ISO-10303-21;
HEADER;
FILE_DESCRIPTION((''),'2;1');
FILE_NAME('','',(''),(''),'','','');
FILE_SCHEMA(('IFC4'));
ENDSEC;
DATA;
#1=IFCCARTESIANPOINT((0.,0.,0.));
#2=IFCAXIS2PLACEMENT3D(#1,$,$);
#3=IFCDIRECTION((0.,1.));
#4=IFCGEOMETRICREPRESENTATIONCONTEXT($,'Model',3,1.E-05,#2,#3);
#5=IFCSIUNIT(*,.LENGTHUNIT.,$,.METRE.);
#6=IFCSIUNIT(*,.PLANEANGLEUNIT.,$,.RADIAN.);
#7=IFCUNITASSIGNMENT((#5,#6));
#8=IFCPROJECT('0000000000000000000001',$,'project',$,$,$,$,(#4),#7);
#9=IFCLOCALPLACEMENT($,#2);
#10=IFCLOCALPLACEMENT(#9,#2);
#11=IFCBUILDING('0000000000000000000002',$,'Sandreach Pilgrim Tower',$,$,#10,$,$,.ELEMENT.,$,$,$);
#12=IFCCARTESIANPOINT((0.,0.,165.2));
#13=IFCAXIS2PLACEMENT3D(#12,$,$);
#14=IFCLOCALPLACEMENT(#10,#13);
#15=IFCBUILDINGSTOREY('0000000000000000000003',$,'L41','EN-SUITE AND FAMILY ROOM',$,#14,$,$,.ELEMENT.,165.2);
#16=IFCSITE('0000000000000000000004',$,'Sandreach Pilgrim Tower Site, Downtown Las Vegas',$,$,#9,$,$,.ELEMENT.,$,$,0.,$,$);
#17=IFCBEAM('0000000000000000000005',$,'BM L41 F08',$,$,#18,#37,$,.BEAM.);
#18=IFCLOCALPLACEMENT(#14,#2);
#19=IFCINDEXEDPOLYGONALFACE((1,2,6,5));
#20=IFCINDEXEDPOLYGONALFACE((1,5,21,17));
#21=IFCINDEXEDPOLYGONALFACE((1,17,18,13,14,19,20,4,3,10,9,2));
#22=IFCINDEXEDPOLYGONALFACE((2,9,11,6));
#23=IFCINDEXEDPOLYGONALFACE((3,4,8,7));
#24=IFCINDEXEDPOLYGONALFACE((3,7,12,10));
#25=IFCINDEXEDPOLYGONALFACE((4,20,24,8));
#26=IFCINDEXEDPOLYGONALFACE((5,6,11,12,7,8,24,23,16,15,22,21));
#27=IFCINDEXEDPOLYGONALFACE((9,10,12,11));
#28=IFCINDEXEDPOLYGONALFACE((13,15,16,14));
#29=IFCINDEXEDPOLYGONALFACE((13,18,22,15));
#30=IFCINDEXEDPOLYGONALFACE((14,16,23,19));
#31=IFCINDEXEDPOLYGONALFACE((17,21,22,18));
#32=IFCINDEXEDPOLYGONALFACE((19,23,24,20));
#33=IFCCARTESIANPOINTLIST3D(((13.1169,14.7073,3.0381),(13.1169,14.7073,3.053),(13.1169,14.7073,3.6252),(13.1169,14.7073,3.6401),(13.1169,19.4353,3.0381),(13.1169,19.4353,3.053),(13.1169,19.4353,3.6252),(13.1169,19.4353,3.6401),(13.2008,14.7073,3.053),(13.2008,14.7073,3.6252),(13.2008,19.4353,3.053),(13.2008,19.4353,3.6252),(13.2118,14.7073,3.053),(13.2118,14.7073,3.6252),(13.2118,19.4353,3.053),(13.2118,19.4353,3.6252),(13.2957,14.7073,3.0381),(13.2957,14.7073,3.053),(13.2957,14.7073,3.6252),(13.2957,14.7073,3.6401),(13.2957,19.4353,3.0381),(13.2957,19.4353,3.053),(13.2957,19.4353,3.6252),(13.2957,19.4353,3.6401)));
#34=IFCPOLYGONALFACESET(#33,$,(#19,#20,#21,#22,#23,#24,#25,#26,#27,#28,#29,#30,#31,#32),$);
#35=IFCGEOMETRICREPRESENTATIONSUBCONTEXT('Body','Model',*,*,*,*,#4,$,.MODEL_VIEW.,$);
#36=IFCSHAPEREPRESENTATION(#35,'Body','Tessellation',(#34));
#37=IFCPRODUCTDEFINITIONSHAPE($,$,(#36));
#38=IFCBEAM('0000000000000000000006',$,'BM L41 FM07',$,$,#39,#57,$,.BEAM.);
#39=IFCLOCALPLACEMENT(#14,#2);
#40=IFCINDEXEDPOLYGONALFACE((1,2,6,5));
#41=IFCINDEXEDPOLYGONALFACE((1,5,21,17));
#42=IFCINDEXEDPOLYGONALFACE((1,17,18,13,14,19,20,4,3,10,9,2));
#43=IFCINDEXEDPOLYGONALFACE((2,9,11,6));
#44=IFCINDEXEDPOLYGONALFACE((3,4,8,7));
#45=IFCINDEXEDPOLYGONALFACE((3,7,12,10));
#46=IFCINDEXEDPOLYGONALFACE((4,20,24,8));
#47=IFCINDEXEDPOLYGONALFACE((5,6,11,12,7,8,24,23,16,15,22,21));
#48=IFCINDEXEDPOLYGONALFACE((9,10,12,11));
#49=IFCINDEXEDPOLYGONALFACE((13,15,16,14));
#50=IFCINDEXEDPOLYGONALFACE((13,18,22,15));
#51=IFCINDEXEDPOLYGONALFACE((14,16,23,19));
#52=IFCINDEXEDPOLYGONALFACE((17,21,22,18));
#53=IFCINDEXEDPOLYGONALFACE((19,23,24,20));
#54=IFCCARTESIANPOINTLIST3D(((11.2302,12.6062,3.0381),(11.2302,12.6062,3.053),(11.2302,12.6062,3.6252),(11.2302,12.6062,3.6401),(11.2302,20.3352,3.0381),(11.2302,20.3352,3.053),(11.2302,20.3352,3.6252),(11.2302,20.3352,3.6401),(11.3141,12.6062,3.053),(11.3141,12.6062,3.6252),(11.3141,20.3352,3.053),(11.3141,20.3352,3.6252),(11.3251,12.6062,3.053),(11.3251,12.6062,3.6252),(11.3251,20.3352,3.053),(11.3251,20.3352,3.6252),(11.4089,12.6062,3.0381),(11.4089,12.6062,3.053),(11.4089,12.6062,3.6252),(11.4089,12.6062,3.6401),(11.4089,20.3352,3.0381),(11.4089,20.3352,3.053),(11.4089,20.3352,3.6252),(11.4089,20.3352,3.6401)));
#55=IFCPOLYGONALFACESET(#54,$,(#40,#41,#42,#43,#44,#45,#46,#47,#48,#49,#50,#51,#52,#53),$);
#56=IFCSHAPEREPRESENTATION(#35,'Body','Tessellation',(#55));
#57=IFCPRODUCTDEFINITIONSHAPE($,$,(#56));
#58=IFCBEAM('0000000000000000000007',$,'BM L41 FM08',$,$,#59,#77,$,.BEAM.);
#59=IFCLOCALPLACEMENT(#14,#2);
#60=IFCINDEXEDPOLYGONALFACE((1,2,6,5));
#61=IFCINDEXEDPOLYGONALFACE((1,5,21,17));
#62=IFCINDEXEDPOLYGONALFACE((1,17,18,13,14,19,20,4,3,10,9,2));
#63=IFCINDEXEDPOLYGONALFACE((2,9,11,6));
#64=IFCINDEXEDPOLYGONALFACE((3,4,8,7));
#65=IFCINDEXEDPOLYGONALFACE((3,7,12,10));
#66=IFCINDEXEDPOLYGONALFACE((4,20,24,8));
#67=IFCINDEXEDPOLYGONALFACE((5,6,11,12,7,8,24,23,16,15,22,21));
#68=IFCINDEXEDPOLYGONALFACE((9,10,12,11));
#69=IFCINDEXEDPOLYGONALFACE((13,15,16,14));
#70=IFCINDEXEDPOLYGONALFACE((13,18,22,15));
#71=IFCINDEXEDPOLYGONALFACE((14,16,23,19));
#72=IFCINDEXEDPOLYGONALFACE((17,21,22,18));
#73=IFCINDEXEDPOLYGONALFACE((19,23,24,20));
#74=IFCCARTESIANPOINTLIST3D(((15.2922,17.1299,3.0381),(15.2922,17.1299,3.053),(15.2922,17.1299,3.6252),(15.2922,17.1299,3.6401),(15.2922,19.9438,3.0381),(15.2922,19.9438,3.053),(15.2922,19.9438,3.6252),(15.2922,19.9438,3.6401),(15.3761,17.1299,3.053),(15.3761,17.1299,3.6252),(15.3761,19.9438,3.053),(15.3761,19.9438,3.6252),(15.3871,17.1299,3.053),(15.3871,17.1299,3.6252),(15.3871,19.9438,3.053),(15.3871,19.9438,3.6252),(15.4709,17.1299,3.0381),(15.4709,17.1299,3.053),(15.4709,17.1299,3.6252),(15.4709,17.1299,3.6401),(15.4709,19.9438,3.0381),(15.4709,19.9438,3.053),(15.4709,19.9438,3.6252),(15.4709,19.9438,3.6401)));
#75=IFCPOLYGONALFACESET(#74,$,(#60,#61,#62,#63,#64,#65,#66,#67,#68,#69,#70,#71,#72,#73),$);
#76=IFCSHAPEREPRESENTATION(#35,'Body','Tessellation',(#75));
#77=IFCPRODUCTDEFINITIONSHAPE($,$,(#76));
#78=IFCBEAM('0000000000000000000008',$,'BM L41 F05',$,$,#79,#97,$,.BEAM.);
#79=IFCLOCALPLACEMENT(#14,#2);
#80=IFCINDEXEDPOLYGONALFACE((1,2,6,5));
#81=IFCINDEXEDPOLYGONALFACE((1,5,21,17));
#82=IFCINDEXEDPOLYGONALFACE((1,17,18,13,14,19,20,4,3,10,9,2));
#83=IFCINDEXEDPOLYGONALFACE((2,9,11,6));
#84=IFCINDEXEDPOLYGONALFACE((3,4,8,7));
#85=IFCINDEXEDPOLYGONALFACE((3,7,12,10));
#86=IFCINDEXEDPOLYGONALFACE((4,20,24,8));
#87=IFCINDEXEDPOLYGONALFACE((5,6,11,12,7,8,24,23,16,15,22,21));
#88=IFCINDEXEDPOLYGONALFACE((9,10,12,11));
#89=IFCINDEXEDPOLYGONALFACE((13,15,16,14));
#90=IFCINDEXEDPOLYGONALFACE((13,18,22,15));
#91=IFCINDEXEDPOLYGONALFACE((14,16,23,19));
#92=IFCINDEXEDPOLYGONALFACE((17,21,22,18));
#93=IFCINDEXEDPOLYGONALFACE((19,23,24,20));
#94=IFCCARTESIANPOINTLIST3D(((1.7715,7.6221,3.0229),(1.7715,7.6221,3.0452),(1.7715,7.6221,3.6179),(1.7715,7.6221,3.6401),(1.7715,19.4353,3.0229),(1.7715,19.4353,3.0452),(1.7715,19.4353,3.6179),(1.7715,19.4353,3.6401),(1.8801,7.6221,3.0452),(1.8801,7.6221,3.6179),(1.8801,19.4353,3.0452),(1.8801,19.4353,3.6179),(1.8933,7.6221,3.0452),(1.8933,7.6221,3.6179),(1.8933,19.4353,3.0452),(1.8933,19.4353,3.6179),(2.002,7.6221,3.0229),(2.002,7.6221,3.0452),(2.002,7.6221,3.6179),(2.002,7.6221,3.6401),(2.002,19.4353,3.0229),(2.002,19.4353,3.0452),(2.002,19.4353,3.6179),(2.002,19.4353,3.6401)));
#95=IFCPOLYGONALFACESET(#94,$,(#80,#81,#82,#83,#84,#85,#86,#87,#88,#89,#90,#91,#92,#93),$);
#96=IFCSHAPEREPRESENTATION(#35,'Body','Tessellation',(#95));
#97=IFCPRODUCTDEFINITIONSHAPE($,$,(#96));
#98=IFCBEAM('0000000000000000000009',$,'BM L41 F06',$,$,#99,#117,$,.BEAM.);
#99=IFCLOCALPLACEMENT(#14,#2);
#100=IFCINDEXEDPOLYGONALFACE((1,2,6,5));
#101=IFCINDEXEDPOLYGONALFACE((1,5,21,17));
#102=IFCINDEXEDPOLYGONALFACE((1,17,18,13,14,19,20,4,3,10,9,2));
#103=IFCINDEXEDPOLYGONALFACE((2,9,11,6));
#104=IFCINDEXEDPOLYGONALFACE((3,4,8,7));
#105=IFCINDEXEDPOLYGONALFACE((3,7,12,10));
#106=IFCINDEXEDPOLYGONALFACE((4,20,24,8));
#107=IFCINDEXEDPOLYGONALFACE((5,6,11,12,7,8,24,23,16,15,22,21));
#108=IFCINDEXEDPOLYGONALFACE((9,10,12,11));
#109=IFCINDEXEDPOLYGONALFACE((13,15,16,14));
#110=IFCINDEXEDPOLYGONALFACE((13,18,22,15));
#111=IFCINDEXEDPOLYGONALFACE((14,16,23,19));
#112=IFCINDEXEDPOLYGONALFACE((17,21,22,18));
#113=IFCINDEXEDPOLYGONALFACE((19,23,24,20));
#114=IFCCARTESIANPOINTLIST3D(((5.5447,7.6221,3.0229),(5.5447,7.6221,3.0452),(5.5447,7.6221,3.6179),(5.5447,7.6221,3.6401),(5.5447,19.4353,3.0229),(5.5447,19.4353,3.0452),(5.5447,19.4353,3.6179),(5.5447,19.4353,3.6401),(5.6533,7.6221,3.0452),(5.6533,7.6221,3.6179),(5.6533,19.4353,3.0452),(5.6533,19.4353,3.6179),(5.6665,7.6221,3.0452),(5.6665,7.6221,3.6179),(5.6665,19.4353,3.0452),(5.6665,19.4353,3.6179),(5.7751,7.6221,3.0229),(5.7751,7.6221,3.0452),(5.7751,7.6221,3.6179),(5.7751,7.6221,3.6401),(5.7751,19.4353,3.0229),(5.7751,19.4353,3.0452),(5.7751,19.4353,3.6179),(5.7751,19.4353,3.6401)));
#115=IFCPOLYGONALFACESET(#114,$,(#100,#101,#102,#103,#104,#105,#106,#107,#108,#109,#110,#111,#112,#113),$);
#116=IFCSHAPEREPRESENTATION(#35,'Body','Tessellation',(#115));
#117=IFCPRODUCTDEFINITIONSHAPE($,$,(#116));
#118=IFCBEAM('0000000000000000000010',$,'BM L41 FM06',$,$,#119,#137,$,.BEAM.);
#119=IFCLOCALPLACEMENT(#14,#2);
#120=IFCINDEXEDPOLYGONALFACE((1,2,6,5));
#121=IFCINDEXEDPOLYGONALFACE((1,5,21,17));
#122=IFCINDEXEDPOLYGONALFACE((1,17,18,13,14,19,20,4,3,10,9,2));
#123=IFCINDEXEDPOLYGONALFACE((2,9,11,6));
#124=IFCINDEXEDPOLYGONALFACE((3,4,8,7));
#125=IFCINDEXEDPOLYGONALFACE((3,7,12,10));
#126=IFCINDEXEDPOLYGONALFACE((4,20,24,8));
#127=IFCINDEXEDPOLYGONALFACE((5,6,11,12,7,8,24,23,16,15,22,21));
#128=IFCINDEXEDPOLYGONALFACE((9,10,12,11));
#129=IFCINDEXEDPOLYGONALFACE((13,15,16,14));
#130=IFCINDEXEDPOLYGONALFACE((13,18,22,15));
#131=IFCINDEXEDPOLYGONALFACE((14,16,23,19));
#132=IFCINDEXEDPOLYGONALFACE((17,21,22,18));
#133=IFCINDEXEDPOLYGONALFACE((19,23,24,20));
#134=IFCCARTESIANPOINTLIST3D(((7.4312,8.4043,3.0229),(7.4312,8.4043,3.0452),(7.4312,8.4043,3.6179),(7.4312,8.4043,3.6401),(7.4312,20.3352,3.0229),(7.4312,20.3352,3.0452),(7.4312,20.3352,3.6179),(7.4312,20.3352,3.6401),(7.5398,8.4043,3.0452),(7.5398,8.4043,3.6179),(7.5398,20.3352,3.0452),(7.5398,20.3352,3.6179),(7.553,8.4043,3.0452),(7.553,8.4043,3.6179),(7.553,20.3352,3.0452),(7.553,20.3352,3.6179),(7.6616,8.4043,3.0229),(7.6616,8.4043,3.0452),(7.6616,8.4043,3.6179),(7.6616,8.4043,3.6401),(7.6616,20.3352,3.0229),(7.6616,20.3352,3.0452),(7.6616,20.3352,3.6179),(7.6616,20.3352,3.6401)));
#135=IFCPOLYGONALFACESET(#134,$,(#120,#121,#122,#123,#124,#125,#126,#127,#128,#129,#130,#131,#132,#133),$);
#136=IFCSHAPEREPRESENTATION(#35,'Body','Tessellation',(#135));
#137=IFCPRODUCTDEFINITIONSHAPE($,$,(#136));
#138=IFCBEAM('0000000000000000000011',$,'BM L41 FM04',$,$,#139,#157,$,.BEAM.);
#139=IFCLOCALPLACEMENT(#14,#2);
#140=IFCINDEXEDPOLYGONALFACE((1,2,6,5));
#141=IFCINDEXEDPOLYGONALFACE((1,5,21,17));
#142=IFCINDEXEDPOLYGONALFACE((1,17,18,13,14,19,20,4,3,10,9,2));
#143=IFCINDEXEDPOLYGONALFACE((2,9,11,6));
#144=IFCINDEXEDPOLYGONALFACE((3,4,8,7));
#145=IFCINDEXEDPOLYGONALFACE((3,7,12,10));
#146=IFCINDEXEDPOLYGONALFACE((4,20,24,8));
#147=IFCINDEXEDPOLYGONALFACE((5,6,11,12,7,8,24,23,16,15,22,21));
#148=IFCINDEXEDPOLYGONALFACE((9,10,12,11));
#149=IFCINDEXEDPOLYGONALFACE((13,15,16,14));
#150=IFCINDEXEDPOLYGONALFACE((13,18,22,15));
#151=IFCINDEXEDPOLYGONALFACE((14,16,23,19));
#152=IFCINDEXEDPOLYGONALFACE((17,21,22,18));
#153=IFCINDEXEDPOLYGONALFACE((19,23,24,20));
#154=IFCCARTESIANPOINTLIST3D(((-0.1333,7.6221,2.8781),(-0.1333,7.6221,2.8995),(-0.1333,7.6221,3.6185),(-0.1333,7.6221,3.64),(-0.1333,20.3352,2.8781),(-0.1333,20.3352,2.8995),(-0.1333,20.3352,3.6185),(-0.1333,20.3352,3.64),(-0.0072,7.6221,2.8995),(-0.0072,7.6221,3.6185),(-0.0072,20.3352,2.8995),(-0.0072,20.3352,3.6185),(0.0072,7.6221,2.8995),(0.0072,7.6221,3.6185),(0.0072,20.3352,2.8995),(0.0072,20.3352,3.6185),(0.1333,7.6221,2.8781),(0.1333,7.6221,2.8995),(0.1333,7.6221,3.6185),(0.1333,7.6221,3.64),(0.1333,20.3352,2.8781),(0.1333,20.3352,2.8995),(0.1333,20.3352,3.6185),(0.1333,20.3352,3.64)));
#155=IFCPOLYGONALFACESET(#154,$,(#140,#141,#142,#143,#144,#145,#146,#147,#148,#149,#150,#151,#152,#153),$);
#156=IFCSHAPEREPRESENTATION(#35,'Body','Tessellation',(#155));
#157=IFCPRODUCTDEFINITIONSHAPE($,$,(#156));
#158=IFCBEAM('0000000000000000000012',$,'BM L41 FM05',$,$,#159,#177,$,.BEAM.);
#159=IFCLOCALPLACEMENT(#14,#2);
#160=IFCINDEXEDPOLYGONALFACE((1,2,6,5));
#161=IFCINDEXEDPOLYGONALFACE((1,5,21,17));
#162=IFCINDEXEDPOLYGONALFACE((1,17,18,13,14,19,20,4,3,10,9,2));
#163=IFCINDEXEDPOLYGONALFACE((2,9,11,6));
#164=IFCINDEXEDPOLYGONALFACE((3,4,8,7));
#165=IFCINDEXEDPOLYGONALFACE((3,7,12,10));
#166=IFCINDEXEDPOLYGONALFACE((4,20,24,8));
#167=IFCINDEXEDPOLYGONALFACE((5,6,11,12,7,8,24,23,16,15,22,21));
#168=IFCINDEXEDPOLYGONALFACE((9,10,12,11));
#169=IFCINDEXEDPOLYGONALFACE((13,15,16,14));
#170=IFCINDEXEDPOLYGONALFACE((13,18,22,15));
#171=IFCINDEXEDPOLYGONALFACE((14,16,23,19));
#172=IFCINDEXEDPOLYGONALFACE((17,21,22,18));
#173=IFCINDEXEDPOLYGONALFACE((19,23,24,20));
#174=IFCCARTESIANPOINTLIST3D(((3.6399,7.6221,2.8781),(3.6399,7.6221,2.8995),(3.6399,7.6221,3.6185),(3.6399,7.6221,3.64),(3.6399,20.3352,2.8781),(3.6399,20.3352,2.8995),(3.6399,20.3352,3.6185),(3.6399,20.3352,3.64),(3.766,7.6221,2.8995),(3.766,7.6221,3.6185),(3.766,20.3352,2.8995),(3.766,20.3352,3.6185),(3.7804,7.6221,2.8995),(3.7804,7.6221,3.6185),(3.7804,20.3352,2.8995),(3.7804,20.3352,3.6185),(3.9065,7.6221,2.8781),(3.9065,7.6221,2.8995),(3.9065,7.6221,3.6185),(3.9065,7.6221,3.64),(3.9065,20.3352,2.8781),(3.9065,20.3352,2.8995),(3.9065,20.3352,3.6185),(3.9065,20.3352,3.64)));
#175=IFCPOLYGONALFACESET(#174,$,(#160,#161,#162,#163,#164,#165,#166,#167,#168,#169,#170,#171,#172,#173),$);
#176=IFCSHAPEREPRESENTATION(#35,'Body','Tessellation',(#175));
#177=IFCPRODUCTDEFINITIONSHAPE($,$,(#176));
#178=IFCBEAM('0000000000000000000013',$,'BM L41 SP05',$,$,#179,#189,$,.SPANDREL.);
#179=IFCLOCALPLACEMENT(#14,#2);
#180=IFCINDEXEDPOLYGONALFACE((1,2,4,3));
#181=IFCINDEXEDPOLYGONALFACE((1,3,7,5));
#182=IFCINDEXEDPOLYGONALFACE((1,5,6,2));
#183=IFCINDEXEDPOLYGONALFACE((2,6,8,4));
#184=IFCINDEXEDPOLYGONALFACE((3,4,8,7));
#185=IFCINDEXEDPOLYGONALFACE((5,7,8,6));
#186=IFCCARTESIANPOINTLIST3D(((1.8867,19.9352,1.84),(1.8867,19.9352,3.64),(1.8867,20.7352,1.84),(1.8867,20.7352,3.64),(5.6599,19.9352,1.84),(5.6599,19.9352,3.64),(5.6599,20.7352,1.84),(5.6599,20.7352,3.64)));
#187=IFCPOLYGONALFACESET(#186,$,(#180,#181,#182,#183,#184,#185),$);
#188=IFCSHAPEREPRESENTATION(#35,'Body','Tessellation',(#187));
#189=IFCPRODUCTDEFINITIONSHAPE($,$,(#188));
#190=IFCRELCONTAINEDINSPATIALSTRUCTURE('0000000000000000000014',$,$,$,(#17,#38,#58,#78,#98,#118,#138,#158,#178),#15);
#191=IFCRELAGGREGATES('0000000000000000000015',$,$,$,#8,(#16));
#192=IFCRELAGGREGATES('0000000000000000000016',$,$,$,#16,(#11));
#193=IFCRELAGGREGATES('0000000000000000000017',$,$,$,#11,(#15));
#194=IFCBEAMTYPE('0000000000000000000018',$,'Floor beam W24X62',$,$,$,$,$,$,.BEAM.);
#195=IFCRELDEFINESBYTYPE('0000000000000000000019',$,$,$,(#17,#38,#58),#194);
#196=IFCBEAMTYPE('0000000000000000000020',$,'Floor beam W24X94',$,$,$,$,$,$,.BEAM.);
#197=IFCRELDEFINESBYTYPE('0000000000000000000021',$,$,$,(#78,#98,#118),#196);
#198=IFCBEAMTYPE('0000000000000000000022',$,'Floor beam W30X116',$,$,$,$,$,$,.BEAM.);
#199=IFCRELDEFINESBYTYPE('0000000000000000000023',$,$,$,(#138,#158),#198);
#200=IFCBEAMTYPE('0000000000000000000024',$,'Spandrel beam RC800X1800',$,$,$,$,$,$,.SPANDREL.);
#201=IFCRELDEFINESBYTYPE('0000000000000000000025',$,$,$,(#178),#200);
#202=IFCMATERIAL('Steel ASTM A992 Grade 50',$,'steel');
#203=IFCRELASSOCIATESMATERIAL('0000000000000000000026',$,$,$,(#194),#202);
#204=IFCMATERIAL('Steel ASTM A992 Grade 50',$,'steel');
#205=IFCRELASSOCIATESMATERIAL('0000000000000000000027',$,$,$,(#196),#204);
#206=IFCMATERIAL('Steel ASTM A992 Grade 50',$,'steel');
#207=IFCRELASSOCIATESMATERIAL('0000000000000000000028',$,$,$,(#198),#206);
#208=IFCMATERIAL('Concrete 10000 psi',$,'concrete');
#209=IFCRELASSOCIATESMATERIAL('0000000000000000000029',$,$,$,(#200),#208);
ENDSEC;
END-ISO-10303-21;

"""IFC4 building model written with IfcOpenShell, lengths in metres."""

from ifc_helpers import new_model, si_unit, direction, frame, origin, origin_2d, place, context, subcontext, project, spatial, rectangle, i_section, extrude, material, material_profile, profile_set, type_object, element, save


model = new_model("IFC4")

# Units and contexts
model_context = context("Model", 3, precision=1e-05, world=origin(), true_north=direction((0.0, 1.0)))
body_context = subcontext(model_context, "Body", "Model", "MODEL_VIEW")
ifc_project = project(units=[si_unit("LENGTHUNIT", "METRE"), si_unit("PLANEANGLEUNIT", "RADIAN")], contexts=[model_context])

# Site, building, storey
site_placement = place(None, origin())
site = spatial("IfcSite", under=ifc_project, at=site_placement, Name="Sandreach Pilgrim Tower Site, Downtown Las Vegas", CompositionType="ELEMENT", RefElevation=0.0)
building_placement = place(site_placement, origin())
building = spatial("IfcBuilding", under=site, at=building_placement, Name="Sandreach Pilgrim Tower", CompositionType="ELEMENT")
storey_placement = place(building_placement, frame((0.0, 0.0, 165.2)))
storey = spatial("IfcBuildingStorey", under=building, at=storey_placement, Name="L41", Description="EN-SUITE AND FAMILY ROOM", CompositionType="ELEMENT", Elevation=165.2)

# Beams
ifc_material_1 = material(Name="Steel ASTM A992 Grade 50", Category="steel")
ifc_material_profile_1 = material_profile(ifc_material_1, i_section(OverallWidth=0.1787, OverallDepth=0.6021, WebThickness=0.011, FlangeThickness=0.0149, at=origin_2d()), Name="W24X62")
ifc_profile_set_1 = profile_set([ifc_material_profile_1], Name="Steel ASTM A992 Grade 50")
beam_type_1 = type_object("IfcBeamType", Name="Floor beam W24X62", PredefinedType="BEAM", material=ifc_profile_set_1)
beam_1_placement = place(storey_placement, frame((13.2063, 19.4353, 3.3391), z_axis=(0.0, -1.0, 0.0), x_axis=(1.0, 0.0, 0.0)))
element("IfcBeam", 1, at=beam_1_placement, inside=storey, type_object=beam_type_1, Name="BM L41 F08", PredefinedType="BEAM", context=body_context, shape_type="SweptSolid", body=[
    extrude(i_section(OverallWidth=0.1787, OverallDepth=0.6021, WebThickness=0.011, FlangeThickness=0.0149, at=origin_2d()), origin(), (0.0, 0.0, 1.0), 4.728),
])
beam_2_placement = place(storey_placement, frame((11.3196, 20.3352, 3.3391), z_axis=(0.0, -1.0, 0.0), x_axis=(1.0, 0.0, 0.0)))
element("IfcBeam", 2, at=beam_2_placement, inside=storey, type_object=beam_type_1, Name="BM L41 FM07", PredefinedType="BEAM", context=body_context, shape_type="SweptSolid", body=[
    extrude(i_section(OverallWidth=0.1787, OverallDepth=0.6021, WebThickness=0.011, FlangeThickness=0.0149, at=origin_2d()), origin(), (0.0, 0.0, 1.0), 7.729),
])
beam_3_placement = place(storey_placement, frame((15.3816, 19.9438, 3.3391), z_axis=(0.0, -1.0, 0.0), x_axis=(1.0, 0.0, 0.0)))
element("IfcBeam", 3, at=beam_3_placement, inside=storey, type_object=beam_type_1, Name="BM L41 FM08", PredefinedType="BEAM", context=body_context, shape_type="SweptSolid", body=[
    extrude(i_section(OverallWidth=0.1787, OverallDepth=0.6021, WebThickness=0.011, FlangeThickness=0.0149, at=origin_2d()), origin(), (0.0, 0.0, 1.0), 2.814),
])
ifc_material_2 = material(Name="Steel ASTM A992 Grade 50", Category="steel")
ifc_material_profile_2 = material_profile(ifc_material_2, i_section(OverallWidth=0.2305, OverallDepth=0.6172, WebThickness=0.0132, FlangeThickness=0.0222, at=origin_2d()), Name="W24X94")
ifc_profile_set_2 = profile_set([ifc_material_profile_2], Name="Steel ASTM A992 Grade 50")
beam_type_2 = type_object("IfcBeamType", Name="Floor beam W24X94", PredefinedType="BEAM", material=ifc_profile_set_2)
for number, where, z_axis, x_axis, name in (
    (4, (1.8867, 19.4353, 3.3315), (0.0, -1.0, 0.0), (1.0, 0.0, 0.0), "BM L41 F05"),
    (5, (5.6599, 19.4353, 3.3315), (0.0, -1.0, 0.0), (1.0, 0.0, 0.0), "BM L41 F06"),
):
    element("IfcBeam", number, at=place(storey_placement, frame(where, z_axis=z_axis, x_axis=x_axis)), inside=storey, type_object=beam_type_2, Name=name, PredefinedType="BEAM", context=body_context, shape_type="SweptSolid", body=[
        extrude(i_section(OverallWidth=0.2305, OverallDepth=0.6172, WebThickness=0.0132, FlangeThickness=0.0222, at=origin_2d()), origin(), (0.0, 0.0, 1.0), 11.8132),
    ])
beam_4_placement = place(storey_placement, frame((7.5464, 20.3352, 3.3315), z_axis=(0.0, -1.0, 0.0), x_axis=(1.0, 0.0, 0.0)))
element("IfcBeam", 6, at=beam_4_placement, inside=storey, type_object=beam_type_2, Name="BM L41 FM06", PredefinedType="BEAM", context=body_context, shape_type="SweptSolid", body=[
    extrude(i_section(OverallWidth=0.2305, OverallDepth=0.6172, WebThickness=0.0132, FlangeThickness=0.0222, at=origin_2d()), origin(), (0.0, 0.0, 1.0), 11.9309),
])
ifc_material_3 = material(Name="Steel ASTM A992 Grade 50", Category="steel")
ifc_material_profile_3 = material_profile(ifc_material_3, i_section(OverallWidth=0.2666, OverallDepth=0.762, WebThickness=0.0144, FlangeThickness=0.0215, at=origin_2d()), Name="W30X116")
ifc_profile_set_3 = profile_set([ifc_material_profile_3], Name="Steel ASTM A992 Grade 50")
beam_type_3 = type_object("IfcBeamType", Name="Floor beam W30X116", PredefinedType="BEAM", material=ifc_profile_set_3)
for number, where, z_axis, x_axis, name in (
    (7, (0.0, 20.3352, 3.259), (0.0, -1.0, 0.0), (1.0, 0.0, 0.0), "BM L41 FM04"),
    (8, (3.7732, 20.3352, 3.259), (0.0, -1.0, 0.0), (1.0, 0.0, 0.0), "BM L41 FM05"),
):
    element("IfcBeam", number, at=place(storey_placement, frame(where, z_axis=z_axis, x_axis=x_axis)), inside=storey, type_object=beam_type_3, Name=name, PredefinedType="BEAM", context=body_context, shape_type="SweptSolid", body=[
        extrude(i_section(OverallWidth=0.2666, OverallDepth=0.762, WebThickness=0.0144, FlangeThickness=0.0215, at=origin_2d()), origin(), (0.0, 0.0, 1.0), 12.7131),
    ])
ifc_material_4 = material(Name="Concrete 10000 psi", Category="concrete")
ifc_material_profile_4 = material_profile(ifc_material_4, rectangle(XDim=0.8, YDim=1.8, at=origin_2d()), Name="RC800X1800")
ifc_profile_set_4 = profile_set([ifc_material_profile_4], Name="Concrete 10000 psi")
beam_type_4 = type_object("IfcBeamType", Name="Spandrel beam RC800X1800", PredefinedType="SPANDREL", material=ifc_profile_set_4)
for number, where, z_axis, x_axis, name in (
    (9, (1.8867, 20.3352, 2.74), (1.0, 0.0, 0.0), (0.0, 1.0, 0.0), "BM L41 SP05"),
):
    element("IfcBeam", number, at=place(storey_placement, frame(where, z_axis=z_axis, x_axis=x_axis)), inside=storey, type_object=beam_type_4, Name=name, PredefinedType="SPANDREL", context=body_context, shape_type="SweptSolid", body=[
        extrude(rectangle(XDim=0.8, YDim=1.8, at=origin_2d()), origin(), (0.0, 0.0, 1.0), 3.7732),
    ])

save(model, "model.ifc")
